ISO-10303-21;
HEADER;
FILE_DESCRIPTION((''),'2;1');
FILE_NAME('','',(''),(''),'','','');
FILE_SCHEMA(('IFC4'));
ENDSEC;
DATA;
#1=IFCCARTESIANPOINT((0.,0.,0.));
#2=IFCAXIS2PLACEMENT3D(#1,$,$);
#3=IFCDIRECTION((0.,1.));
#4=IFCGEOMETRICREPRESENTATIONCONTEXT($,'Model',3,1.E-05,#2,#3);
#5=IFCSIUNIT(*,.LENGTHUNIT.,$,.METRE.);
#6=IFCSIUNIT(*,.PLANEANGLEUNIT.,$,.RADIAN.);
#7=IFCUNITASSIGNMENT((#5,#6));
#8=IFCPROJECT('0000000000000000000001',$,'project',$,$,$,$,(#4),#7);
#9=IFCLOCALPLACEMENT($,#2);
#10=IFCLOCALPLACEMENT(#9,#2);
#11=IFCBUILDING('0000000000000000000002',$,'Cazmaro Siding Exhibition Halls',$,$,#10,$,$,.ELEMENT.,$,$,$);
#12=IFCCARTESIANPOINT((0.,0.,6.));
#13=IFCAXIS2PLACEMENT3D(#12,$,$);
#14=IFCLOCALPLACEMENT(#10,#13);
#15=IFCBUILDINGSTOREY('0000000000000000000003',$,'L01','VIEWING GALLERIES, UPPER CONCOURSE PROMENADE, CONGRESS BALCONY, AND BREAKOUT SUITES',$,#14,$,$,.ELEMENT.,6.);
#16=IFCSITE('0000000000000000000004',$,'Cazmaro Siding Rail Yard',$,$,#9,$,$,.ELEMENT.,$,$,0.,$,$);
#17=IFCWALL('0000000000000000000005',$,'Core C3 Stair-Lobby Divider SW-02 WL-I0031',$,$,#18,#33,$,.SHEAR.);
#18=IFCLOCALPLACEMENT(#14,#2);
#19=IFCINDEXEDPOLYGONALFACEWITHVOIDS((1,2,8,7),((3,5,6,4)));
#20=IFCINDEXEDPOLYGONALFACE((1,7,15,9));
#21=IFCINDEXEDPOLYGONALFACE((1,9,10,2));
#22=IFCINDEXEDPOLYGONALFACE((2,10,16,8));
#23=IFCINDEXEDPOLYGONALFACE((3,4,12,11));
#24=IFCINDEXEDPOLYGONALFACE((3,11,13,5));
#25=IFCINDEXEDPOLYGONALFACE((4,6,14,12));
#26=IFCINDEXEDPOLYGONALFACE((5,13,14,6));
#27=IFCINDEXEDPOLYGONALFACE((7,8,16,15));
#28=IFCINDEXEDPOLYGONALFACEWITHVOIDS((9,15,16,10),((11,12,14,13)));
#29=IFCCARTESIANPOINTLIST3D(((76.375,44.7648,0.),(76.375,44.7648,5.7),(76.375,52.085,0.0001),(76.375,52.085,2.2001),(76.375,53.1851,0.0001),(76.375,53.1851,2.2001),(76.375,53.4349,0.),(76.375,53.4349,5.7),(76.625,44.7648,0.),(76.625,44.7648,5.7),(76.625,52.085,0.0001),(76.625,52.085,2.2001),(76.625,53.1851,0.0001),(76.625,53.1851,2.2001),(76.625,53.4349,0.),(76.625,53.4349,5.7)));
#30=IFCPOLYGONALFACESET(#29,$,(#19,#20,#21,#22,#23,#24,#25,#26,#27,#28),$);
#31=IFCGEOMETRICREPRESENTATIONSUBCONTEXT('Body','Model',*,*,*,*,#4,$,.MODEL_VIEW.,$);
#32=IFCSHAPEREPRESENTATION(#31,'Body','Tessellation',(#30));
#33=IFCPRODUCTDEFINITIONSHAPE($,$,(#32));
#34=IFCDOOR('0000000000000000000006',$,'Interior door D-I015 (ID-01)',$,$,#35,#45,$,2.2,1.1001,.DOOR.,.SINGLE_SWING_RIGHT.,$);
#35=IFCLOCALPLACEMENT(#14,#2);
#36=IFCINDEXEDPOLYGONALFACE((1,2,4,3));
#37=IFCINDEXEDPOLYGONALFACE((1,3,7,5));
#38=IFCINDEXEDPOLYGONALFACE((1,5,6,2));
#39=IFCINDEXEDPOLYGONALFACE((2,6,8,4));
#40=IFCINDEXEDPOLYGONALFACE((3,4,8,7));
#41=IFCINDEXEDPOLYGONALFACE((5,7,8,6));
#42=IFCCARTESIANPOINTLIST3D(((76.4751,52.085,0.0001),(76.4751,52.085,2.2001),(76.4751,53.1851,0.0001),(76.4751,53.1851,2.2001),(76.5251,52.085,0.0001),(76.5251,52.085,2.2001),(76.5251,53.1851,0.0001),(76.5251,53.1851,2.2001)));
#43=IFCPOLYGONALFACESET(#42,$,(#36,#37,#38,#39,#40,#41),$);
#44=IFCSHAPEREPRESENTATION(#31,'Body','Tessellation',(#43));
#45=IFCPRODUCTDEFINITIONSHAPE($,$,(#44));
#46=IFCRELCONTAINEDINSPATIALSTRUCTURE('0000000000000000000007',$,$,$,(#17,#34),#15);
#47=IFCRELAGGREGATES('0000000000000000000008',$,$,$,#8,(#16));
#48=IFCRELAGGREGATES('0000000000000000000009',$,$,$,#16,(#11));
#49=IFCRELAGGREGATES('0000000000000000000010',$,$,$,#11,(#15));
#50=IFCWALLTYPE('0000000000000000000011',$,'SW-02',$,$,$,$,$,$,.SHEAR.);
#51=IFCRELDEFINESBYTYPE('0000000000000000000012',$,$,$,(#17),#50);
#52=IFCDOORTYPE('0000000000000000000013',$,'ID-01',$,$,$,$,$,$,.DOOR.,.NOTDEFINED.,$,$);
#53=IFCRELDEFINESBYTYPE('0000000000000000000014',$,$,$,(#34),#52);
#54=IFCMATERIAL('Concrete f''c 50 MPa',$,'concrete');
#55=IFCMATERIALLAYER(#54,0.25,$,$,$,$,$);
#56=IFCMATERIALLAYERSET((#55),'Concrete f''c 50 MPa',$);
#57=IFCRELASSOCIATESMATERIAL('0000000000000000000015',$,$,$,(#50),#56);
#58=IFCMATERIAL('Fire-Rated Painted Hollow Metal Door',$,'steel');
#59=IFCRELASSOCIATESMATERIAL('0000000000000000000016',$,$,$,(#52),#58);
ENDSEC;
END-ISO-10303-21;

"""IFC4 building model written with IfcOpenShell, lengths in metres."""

from ifc_helpers import new_model, si_unit, direction, frame, frame_2d, origin, place, context, subcontext, project, spatial, rectangle, extrude, material, layer, layer_set, type_object, element, fill, save


model = new_model("IFC4")

# Units and contexts
model_context = context("Model", 3, precision=1e-05, world=origin(), true_north=direction((0.0, 1.0)))
body_context = subcontext(model_context, "Body", "Model", "MODEL_VIEW")
ifc_project = project(units=[si_unit("LENGTHUNIT", "METRE"), si_unit("PLANEANGLEUNIT", "RADIAN")], contexts=[model_context])

# Site, building, storey
site_placement = place(None, origin())
site = spatial("IfcSite", under=ifc_project, at=site_placement, Name="Cazmaro Siding Rail Yard", CompositionType="ELEMENT", RefElevation=0.0)
building_placement = place(site_placement, origin())
building = spatial("IfcBuilding", under=site, at=building_placement, Name="Cazmaro Siding Exhibition Halls", CompositionType="ELEMENT")
storey_placement = place(building_placement, frame((0.0, 0.0, 6.0)))
storey = spatial("IfcBuildingStorey", under=building, at=storey_placement, Name="L01", Description="VIEWING GALLERIES, UPPER CONCOURSE PROMENADE, CONGRESS BALCONY, AND BREAKOUT SUITES", CompositionType="ELEMENT", Elevation=6.0)

# Wall, opening, door
ifc_material_1 = material(Name="Concrete f'c 50 MPa", Category="concrete")
ifc_layer_1 = layer(ifc_material_1, 0.25)
ifc_layer_set_1 = layer_set([ifc_layer_1], Name="Concrete f'c 50 MPa")
wall_type_1 = type_object("IfcWallType", Name="SW-02", PredefinedType="SHEAR", material=ifc_layer_set_1)
wall_1_placement = place(storey_placement, frame((76.5, 44.7649, 0.0), z_axis=(0.0, 0.0, 1.0), x_axis=(0.0, 1.0, 0.0)))
wall_1 = element("IfcWall", 1, at=wall_1_placement, inside=storey, type_object=wall_type_1, Name="Core C3 Stair-Lobby Divider SW-02 WL-I0031", PredefinedType="SHEAR", context=body_context, shape_type="SweptSolid", body=[
    extrude(rectangle(XDim=8.6702, YDim=0.25, at=frame_2d((4.335, 0.0))), origin(), (0.0, 0.0, 1.0), 5.7),
])
opening_1_placement = place(wall_1_placement, frame((7.3201, 0.0, 0.0)))
opening_1 = element("IfcOpeningElement", 2, at=opening_1_placement, cuts=wall_1, PredefinedType="OPENING", context=body_context, shape_type="SweptSolid", body=[
    extrude(rectangle(XDim=1.1001, YDim=2.2, at=frame_2d((0.55, 1.1001))), frame((0.0, 0.135, 0.0), z_axis=(0.0, -1.0, 0.0), x_axis=(1.0, 0.0, 0.0)), (0.0, 0.0, 1.0), 0.27),
])
ifc_material_2 = material(Name="Fire-Rated Painted Hollow Metal Door", Category="steel")
door_type_1 = type_object("IfcDoorType", Name="ID-01", OperationType="NOTDEFINED", PredefinedType="DOOR", material=ifc_material_2)
door_1_placement = place(opening_1_placement, origin())
door_1 = element("IfcDoor", 3, at=door_1_placement, inside=storey, type_object=door_type_1, Name="Interior door D-I015 (ID-01)", OperationType="SINGLE_SWING_RIGHT", OverallHeight=2.2, OverallWidth=1.1001, PredefinedType="DOOR", context=body_context, shape_type="SweptSolid", body=[
    extrude(rectangle(XDim=1.1001, YDim=2.2, at=frame_2d((0.55, 1.1001))), frame((0.0, 0.0249, 0.0), z_axis=(0.0, -1.0, 0.0), x_axis=(1.0, 0.0, 0.0)), (0.0, 0.0, 1.0), 0.05),
])
fill(opening_1, door_1)

save(model, "model.ifc")
